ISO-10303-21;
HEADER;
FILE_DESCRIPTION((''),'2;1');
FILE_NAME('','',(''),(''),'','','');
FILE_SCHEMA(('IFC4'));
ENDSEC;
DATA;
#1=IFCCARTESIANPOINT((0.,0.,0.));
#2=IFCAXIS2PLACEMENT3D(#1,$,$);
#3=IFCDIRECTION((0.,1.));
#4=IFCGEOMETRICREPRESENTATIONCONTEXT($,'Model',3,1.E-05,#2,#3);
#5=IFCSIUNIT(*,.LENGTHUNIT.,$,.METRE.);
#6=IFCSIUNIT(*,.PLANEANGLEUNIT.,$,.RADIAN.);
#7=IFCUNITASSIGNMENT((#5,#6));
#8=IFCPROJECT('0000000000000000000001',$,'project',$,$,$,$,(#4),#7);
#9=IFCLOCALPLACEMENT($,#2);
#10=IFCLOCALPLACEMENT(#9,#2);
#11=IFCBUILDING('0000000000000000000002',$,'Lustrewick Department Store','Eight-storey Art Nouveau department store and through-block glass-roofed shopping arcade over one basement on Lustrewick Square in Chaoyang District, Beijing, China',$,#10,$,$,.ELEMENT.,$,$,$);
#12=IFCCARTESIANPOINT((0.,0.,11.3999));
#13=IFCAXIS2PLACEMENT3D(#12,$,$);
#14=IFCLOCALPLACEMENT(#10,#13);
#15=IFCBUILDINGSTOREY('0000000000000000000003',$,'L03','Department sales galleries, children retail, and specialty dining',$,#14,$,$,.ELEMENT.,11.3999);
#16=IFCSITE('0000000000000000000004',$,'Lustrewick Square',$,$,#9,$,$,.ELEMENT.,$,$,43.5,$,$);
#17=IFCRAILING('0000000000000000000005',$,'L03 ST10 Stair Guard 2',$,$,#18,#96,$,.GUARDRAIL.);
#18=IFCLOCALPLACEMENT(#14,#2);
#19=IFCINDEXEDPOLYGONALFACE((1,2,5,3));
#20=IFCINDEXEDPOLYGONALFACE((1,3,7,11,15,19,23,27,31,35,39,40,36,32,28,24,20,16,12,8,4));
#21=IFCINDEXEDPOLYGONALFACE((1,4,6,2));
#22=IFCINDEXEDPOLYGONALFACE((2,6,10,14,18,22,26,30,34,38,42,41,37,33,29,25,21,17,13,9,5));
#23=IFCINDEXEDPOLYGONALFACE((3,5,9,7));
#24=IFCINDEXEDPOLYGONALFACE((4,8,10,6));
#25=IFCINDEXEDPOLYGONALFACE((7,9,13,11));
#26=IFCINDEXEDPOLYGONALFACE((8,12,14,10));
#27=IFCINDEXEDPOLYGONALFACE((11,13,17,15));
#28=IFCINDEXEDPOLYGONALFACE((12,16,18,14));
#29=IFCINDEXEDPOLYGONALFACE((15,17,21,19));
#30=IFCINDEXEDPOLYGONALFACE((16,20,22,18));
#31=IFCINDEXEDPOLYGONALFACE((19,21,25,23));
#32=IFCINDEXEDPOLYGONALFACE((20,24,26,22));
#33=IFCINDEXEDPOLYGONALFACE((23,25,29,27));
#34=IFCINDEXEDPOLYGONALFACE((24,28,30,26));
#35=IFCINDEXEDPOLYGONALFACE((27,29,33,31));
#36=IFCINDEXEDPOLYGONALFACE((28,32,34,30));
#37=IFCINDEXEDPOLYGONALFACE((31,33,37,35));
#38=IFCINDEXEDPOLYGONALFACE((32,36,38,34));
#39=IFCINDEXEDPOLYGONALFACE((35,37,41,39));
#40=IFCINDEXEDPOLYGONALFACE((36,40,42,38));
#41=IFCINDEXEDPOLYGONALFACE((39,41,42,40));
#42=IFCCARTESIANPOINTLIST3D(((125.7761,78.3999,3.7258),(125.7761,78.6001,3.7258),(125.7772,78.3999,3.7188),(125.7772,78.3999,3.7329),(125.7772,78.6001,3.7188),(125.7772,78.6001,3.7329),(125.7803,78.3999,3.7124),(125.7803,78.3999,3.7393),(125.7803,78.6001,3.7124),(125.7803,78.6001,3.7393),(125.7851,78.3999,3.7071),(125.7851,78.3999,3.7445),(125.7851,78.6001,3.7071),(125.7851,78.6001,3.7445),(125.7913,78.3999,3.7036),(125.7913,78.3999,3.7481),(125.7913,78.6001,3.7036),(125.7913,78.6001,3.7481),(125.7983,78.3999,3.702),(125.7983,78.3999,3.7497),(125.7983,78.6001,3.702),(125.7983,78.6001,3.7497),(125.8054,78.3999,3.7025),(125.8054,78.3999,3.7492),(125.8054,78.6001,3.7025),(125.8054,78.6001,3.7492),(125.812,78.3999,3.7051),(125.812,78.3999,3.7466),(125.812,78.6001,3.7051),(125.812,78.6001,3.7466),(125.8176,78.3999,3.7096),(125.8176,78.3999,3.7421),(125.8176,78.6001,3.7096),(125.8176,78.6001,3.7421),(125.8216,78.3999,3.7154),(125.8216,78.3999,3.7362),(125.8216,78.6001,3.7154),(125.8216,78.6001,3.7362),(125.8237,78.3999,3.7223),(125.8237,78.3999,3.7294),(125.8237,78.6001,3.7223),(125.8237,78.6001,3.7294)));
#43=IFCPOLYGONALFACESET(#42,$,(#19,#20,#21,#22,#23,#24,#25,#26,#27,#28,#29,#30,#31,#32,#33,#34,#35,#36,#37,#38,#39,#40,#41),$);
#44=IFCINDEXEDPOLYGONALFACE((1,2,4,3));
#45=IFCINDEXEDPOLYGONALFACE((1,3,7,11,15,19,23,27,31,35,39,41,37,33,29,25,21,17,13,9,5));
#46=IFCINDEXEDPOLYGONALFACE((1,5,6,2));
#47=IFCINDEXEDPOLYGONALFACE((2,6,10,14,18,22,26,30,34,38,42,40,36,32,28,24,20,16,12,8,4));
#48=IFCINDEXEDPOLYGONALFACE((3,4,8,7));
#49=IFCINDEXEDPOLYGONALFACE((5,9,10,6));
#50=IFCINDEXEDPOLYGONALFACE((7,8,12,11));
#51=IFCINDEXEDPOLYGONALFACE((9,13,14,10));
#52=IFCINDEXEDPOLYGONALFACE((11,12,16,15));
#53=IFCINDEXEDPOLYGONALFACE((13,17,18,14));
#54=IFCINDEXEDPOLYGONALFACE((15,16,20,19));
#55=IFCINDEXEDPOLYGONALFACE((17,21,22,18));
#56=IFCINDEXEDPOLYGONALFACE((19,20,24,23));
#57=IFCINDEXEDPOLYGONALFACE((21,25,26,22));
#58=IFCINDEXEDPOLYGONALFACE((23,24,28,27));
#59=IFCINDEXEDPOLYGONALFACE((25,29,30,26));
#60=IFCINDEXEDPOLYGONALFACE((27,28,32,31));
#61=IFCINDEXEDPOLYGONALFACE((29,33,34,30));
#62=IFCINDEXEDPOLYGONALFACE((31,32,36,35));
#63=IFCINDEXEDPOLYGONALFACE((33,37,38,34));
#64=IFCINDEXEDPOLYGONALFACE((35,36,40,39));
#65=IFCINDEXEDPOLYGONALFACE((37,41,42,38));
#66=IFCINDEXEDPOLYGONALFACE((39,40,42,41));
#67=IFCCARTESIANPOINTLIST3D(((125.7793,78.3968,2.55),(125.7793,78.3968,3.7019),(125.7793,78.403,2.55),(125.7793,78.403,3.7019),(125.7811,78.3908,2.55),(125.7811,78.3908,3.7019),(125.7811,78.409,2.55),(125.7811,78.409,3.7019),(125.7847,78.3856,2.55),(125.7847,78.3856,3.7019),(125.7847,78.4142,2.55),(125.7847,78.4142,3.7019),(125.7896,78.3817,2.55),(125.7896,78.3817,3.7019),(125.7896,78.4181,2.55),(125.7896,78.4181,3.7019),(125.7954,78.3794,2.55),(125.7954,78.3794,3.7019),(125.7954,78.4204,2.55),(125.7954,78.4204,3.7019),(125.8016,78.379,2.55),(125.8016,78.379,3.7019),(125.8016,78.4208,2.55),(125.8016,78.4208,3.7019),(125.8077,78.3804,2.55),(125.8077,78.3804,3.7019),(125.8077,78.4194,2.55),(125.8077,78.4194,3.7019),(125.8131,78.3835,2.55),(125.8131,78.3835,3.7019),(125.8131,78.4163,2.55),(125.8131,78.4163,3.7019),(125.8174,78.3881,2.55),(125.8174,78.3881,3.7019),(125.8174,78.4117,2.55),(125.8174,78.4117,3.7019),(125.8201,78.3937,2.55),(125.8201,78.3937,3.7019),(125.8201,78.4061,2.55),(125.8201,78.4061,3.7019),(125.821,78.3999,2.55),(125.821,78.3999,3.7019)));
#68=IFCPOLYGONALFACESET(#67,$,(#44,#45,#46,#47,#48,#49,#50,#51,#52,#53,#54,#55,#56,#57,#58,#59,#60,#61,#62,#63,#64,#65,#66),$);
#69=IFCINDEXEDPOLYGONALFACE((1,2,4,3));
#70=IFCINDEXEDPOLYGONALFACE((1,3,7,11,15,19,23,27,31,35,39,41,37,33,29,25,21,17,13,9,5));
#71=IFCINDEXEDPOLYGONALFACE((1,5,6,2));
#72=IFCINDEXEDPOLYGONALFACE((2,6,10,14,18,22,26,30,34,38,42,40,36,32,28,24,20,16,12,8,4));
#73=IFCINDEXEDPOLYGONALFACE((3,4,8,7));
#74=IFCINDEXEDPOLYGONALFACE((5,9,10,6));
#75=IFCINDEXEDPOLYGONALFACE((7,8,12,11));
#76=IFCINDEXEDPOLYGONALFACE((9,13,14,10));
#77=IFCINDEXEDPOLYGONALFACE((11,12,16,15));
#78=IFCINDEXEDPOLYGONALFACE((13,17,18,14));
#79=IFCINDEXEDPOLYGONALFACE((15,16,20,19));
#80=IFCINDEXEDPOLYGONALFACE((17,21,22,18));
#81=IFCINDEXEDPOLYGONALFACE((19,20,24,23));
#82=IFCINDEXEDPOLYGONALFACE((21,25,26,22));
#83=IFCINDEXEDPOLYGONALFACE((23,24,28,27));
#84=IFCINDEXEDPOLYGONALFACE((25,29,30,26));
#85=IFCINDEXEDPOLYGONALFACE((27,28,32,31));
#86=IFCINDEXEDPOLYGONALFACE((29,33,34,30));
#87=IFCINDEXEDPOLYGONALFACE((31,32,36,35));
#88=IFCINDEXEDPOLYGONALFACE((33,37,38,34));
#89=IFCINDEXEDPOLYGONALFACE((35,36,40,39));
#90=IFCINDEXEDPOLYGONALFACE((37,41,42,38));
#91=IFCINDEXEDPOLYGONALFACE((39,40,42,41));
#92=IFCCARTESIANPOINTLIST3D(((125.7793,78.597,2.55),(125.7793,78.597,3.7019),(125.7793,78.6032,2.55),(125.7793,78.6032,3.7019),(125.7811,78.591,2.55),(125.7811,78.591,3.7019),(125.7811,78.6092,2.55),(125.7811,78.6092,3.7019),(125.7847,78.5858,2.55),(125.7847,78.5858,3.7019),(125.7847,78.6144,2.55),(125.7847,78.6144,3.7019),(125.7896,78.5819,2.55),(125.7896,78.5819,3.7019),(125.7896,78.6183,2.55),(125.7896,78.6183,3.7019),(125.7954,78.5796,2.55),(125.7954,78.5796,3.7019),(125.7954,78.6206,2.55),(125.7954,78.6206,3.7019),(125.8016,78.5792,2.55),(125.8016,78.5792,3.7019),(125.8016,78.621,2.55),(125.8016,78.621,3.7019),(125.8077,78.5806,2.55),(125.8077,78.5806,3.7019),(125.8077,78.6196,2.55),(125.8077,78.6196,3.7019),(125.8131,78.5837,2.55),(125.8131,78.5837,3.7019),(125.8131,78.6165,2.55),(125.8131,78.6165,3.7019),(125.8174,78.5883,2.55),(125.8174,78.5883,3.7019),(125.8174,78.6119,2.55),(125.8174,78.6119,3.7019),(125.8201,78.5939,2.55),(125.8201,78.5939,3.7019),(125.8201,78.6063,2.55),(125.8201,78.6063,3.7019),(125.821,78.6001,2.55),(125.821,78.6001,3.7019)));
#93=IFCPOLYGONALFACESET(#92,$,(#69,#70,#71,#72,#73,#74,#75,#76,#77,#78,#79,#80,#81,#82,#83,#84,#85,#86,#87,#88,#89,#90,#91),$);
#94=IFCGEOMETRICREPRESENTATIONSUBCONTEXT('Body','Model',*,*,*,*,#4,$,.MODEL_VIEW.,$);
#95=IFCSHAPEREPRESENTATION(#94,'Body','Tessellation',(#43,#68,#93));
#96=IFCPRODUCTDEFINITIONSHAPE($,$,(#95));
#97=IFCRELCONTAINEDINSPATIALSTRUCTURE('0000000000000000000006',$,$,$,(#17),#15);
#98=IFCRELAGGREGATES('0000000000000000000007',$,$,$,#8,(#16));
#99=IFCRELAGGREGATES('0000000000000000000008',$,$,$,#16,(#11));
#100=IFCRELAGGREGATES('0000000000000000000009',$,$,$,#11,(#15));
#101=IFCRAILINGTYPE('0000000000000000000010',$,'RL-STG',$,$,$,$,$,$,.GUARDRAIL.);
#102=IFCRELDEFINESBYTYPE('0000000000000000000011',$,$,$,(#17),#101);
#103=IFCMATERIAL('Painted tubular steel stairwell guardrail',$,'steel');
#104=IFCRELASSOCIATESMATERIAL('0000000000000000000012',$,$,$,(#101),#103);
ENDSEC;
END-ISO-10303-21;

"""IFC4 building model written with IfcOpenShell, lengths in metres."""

from ifc_helpers import new_model, si_unit, direction, frame, origin, origin_2d, place, context, subcontext, project, spatial, circle, extrude, material, type_object, element, save


model = new_model("IFC4")

# Units and contexts
model_context = context("Model", 3, precision=1e-05, world=origin(), true_north=direction((0.0, 1.0)))
body_context = subcontext(model_context, "Body", "Model", "MODEL_VIEW")
ifc_project = project(units=[si_unit("LENGTHUNIT", "METRE"), si_unit("PLANEANGLEUNIT", "RADIAN")], contexts=[model_context])

# Site, building, storey
site_placement = place(None, origin())
site = spatial("IfcSite", under=ifc_project, at=site_placement, Name="Lustrewick Square", CompositionType="ELEMENT", RefElevation=43.5)
building_placement = place(site_placement, origin())
building = spatial("IfcBuilding", under=site, at=building_placement, Name="Lustrewick Department Store", Description="Eight-storey Art Nouveau department store and through-block glass-roofed shopping arcade over one basement on Lustrewick Square in Chaoyang District, Beijing, China", CompositionType="ELEMENT")
storey_placement = place(building_placement, frame((0.0, 0.0, 11.3999)))
storey = spatial("IfcBuildingStorey", under=building, at=storey_placement, Name="L03", Description="Department sales galleries, children retail, and specialty dining", CompositionType="ELEMENT", Elevation=11.3999)

# Railing
ifc_material_1 = material(Name="Painted tubular steel stairwell guardrail", Category="steel")
railing_type_1 = type_object("IfcRailingType", Name="RL-STG", PredefinedType="GUARDRAIL", material=ifc_material_1)
railing_1_placement = place(storey_placement, frame((125.8, 78.3999, 2.55)))
element("IfcRailing", 1, at=railing_1_placement, inside=storey, type_object=railing_type_1, Name="L03 ST10 Stair Guard 2", PredefinedType="GUARDRAIL", context=body_context, shape_type="SweptSolid", body=[
    extrude(circle(Radius=0.0239, at=origin_2d()), frame((0.0, 0.0, 1.1758), z_axis=(0.0, 1.0, 0.0), x_axis=(-1.0, 0.0, 0.0)), (0.0, 0.0, 1.0), 0.2002),
    extrude(circle(Radius=0.021, at=origin_2d()), origin(), (0.0, 0.0, 1.0), 1.1519),
    extrude(circle(Radius=0.021, at=origin_2d()), frame((0.0, 0.2002, 0.0)), (0.0, 0.0, 1.0), 1.1519),
])

save(model, "model.ifc")
